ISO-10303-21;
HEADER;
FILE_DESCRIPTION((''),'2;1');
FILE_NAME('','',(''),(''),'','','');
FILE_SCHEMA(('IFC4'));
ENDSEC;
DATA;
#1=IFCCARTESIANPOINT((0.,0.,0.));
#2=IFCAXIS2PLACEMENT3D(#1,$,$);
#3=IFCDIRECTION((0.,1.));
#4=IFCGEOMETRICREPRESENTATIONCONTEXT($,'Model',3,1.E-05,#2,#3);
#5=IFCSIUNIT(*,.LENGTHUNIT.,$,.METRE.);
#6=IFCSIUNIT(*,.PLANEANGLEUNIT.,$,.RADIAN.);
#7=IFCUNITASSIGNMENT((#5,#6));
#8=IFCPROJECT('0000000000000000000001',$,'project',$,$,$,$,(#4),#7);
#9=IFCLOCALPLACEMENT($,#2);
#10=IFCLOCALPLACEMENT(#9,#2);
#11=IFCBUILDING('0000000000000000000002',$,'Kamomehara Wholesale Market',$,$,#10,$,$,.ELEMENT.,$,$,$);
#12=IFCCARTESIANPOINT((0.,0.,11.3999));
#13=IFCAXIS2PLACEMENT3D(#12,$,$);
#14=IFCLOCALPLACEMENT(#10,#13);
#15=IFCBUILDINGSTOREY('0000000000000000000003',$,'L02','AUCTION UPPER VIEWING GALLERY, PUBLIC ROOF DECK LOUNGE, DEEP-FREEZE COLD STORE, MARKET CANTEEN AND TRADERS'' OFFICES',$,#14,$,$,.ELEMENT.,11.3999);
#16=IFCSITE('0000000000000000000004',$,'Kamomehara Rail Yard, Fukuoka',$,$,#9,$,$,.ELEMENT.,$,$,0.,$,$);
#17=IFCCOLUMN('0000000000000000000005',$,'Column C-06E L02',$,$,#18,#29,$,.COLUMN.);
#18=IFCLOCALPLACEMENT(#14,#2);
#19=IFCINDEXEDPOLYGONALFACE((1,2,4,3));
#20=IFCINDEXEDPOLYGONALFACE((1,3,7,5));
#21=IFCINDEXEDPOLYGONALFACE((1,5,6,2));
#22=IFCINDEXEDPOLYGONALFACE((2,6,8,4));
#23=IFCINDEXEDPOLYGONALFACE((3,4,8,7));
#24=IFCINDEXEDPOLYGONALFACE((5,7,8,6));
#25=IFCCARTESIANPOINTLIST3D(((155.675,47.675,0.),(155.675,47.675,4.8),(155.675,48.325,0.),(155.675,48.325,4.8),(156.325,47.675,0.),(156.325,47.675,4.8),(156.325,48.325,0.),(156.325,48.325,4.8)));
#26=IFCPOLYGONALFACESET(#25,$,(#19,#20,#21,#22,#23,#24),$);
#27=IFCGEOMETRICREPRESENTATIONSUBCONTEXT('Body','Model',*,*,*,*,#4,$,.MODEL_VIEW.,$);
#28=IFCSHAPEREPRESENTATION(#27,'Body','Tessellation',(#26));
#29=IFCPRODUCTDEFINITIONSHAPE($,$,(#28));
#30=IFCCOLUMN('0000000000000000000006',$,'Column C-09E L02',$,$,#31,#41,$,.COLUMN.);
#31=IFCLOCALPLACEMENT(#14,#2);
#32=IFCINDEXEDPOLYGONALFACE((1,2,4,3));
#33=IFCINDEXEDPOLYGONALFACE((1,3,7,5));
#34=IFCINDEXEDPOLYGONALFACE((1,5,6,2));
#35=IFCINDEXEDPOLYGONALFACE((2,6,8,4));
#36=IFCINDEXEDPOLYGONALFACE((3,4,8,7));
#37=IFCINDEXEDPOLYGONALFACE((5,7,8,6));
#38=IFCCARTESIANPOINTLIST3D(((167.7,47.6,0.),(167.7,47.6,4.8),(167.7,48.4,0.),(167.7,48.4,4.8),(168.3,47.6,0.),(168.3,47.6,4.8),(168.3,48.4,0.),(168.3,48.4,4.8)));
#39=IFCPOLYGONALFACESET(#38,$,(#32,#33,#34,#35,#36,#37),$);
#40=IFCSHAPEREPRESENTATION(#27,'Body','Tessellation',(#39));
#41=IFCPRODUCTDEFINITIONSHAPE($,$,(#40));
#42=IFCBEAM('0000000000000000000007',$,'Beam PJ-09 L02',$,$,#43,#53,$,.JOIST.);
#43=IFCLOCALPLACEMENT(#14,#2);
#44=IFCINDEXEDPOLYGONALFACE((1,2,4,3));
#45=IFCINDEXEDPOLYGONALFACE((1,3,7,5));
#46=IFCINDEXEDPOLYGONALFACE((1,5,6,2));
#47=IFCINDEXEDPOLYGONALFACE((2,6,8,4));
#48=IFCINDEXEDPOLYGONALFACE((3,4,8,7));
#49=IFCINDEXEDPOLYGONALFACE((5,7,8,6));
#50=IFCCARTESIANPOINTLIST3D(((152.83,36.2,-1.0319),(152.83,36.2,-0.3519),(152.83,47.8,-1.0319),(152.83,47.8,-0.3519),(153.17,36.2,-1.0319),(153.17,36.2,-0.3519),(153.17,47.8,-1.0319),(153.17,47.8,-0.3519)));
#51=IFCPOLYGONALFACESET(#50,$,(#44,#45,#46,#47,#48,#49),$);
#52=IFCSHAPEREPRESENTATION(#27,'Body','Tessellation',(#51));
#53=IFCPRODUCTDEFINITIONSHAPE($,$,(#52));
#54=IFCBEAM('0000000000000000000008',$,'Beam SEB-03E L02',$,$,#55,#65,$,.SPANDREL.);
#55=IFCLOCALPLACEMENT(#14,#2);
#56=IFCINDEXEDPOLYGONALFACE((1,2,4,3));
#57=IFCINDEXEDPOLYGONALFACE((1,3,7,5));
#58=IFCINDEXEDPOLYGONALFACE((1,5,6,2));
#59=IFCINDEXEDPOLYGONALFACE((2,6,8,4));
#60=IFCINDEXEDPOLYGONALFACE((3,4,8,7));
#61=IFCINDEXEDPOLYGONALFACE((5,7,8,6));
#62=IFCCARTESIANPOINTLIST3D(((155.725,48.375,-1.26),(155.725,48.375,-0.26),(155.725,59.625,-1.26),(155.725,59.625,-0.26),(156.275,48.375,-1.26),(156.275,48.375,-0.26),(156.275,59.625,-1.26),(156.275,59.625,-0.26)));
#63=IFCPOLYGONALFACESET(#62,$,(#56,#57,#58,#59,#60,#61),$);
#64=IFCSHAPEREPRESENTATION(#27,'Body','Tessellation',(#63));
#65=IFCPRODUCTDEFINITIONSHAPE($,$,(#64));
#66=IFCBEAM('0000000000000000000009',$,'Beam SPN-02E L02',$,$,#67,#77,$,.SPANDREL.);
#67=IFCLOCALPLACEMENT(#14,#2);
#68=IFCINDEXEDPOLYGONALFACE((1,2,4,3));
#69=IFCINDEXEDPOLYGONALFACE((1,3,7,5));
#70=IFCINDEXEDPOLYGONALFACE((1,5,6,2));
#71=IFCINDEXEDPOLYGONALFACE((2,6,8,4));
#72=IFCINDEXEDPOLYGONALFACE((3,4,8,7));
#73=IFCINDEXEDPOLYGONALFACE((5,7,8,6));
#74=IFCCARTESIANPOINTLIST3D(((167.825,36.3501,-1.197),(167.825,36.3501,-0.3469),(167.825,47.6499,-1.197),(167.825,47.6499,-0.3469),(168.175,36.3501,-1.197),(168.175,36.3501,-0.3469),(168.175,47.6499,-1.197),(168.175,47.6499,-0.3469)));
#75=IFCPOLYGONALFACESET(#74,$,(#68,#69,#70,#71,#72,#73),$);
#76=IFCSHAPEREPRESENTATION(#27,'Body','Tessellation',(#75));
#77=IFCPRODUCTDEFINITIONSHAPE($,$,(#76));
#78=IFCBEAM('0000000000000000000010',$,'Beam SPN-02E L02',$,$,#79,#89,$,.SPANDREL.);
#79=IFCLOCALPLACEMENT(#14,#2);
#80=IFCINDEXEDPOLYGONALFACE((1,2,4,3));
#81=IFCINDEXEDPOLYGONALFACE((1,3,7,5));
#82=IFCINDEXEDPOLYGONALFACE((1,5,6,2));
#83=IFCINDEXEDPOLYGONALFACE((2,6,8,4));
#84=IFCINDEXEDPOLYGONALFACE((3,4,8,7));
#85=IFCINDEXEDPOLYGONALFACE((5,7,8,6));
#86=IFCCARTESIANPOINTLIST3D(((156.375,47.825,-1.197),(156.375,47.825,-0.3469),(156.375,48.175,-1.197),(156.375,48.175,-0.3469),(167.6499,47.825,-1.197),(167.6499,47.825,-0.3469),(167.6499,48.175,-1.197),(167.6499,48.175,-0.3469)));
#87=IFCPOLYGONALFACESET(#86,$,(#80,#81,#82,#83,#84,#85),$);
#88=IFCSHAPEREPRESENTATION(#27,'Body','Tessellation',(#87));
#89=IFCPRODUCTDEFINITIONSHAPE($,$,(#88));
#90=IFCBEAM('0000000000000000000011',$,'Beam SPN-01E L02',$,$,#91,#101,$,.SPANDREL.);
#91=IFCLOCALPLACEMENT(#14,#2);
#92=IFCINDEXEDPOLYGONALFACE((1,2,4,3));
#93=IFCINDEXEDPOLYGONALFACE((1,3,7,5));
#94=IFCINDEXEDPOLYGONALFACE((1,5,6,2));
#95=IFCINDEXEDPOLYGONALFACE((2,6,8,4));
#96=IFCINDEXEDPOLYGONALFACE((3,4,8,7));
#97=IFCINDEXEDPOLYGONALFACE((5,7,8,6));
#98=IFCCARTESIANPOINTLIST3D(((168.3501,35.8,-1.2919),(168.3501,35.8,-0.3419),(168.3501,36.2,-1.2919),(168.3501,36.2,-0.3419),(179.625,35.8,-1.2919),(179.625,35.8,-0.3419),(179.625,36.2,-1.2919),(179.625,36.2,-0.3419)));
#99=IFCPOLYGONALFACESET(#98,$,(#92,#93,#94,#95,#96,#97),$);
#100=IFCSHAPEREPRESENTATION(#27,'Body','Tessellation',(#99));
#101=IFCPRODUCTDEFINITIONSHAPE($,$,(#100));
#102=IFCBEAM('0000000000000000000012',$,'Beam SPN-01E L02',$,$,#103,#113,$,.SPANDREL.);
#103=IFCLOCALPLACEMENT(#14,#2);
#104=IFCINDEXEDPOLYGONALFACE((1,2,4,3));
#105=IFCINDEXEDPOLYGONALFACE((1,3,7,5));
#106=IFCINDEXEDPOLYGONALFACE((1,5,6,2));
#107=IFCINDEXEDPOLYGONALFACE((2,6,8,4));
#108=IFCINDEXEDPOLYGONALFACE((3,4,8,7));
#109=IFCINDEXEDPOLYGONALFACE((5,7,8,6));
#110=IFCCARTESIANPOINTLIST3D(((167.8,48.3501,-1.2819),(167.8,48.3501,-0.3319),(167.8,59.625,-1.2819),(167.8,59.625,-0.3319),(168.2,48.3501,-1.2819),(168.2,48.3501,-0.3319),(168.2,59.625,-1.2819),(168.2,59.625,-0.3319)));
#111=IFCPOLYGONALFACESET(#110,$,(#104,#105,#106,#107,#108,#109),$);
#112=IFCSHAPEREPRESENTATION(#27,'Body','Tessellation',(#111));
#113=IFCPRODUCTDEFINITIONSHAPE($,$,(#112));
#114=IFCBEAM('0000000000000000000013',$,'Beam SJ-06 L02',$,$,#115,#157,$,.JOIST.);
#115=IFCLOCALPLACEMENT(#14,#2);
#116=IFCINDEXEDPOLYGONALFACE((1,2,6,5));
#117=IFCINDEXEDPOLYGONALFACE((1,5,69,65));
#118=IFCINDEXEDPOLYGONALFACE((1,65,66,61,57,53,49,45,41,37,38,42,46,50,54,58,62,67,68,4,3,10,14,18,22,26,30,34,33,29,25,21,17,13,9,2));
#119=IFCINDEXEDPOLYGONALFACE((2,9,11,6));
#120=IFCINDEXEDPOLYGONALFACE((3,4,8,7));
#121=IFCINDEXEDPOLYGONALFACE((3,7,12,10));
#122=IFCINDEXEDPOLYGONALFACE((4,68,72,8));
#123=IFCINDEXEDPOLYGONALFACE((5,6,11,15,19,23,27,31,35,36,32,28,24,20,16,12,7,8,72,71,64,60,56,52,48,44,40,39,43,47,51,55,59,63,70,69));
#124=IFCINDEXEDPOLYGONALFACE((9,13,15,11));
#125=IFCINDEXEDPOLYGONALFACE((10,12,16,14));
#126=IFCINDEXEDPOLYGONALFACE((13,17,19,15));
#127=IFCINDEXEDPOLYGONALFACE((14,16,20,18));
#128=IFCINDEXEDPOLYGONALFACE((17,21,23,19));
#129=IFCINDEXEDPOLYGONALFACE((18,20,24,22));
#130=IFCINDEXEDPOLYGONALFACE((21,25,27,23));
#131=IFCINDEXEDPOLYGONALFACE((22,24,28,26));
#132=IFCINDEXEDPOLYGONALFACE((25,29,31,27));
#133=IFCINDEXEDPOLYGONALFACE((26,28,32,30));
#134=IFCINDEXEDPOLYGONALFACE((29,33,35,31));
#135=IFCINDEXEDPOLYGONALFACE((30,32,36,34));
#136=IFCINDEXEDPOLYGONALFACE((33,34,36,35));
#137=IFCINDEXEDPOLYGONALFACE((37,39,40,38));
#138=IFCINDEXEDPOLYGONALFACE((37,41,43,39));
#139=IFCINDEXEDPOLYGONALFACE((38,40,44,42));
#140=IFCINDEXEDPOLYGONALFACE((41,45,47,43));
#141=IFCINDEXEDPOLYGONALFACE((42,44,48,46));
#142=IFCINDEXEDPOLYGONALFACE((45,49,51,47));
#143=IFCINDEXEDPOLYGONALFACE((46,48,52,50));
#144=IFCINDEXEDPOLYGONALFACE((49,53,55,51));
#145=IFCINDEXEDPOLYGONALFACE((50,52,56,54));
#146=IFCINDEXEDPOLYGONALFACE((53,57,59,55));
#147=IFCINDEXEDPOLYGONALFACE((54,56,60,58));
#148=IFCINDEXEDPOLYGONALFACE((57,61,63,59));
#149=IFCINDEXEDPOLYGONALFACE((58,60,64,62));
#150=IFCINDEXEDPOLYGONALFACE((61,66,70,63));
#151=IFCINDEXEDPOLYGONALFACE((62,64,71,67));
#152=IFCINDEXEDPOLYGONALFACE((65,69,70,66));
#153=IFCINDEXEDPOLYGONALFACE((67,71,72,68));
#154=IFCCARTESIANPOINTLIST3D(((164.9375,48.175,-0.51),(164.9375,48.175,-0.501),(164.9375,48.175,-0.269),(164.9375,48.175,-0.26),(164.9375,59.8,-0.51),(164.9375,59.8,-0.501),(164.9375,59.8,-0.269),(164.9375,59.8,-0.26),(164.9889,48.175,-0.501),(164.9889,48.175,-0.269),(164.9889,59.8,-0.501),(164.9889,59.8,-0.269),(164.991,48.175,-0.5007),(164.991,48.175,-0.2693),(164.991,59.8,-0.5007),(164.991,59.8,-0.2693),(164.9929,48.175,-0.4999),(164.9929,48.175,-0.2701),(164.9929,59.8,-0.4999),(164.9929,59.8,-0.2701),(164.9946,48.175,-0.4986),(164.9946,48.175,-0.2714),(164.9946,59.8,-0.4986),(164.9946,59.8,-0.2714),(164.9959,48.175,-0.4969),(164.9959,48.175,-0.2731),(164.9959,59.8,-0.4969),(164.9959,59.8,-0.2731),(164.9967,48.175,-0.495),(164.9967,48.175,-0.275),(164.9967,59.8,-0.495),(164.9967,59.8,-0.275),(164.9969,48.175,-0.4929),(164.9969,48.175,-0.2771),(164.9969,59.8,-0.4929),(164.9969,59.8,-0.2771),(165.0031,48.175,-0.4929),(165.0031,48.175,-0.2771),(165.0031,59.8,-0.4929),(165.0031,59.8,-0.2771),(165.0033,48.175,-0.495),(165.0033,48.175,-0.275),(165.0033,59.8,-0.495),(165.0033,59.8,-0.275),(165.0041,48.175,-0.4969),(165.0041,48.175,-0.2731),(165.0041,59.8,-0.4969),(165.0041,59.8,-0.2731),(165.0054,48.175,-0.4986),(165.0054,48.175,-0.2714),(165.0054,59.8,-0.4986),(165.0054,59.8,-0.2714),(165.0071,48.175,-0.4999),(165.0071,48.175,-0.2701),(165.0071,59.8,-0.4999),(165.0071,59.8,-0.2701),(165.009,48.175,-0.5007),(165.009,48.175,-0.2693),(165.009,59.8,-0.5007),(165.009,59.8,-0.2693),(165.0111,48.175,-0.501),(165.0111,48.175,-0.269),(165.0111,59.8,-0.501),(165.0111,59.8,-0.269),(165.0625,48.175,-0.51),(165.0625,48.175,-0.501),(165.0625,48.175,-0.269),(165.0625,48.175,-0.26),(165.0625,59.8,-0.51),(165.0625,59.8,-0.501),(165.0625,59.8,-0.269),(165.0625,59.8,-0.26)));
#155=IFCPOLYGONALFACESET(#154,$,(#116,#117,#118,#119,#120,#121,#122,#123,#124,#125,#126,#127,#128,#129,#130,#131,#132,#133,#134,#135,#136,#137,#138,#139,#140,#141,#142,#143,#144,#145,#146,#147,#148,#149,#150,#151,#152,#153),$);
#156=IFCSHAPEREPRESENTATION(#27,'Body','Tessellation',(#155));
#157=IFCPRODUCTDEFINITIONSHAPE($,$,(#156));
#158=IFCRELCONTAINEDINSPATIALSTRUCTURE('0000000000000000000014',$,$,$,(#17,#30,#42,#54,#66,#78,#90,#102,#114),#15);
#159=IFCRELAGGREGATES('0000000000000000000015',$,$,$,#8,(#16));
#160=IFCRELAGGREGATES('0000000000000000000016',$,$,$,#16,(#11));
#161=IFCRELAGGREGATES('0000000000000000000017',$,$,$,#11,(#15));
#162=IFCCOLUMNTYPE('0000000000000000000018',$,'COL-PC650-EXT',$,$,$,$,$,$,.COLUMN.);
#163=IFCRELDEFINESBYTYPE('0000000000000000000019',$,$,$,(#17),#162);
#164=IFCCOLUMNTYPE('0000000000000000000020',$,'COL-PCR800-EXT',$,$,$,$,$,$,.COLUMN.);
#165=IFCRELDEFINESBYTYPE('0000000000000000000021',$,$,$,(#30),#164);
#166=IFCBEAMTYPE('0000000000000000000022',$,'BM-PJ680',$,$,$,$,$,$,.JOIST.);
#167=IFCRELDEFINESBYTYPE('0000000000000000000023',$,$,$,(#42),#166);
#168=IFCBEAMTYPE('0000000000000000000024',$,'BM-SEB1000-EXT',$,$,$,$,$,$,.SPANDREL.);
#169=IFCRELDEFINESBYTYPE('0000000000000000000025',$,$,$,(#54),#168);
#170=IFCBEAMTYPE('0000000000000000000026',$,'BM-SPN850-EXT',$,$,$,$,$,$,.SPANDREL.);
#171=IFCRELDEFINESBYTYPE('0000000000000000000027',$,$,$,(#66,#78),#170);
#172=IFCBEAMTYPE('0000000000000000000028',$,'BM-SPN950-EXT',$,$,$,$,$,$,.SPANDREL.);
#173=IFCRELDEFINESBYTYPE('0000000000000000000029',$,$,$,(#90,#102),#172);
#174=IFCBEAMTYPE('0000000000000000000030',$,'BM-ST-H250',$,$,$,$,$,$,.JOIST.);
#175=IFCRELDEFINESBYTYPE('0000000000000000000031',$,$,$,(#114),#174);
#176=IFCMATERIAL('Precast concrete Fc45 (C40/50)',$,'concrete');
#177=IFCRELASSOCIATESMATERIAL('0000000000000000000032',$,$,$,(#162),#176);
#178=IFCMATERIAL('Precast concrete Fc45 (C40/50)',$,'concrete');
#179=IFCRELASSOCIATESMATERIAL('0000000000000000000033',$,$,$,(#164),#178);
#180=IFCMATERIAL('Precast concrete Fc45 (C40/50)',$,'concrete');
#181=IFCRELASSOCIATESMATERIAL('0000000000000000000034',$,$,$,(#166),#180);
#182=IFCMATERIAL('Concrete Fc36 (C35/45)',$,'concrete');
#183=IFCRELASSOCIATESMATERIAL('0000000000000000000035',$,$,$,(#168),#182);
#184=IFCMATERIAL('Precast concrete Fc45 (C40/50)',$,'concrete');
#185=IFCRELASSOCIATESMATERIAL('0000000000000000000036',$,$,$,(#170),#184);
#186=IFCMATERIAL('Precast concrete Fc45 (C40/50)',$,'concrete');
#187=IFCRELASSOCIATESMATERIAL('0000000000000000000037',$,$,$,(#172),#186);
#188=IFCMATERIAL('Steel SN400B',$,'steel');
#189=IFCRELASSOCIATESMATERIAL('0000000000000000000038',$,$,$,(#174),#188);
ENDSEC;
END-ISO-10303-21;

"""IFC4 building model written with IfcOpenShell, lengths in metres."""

from ifc_helpers import new_model, si_unit, direction, frame, origin, origin_2d, place, context, subcontext, project, spatial, rectangle, i_section, extrude, material, material_profile, profile_set, type_object, element, save


model = new_model("IFC4")

# Units and contexts
model_context = context("Model", 3, precision=1e-05, world=origin(), true_north=direction((0.0, 1.0)))
body_context = subcontext(model_context, "Body", "Model", "MODEL_VIEW")
ifc_project = project(units=[si_unit("LENGTHUNIT", "METRE"), si_unit("PLANEANGLEUNIT", "RADIAN")], contexts=[model_context])

# Site, building, storey
site_placement = place(None, origin())
site = spatial("IfcSite", under=ifc_project, at=site_placement, Name="Kamomehara Rail Yard, Fukuoka", CompositionType="ELEMENT", RefElevation=0.0)
building_placement = place(site_placement, origin())
building = spatial("IfcBuilding", under=site, at=building_placement, Name="Kamomehara Wholesale Market", CompositionType="ELEMENT")
storey_placement = place(building_placement, frame((0.0, 0.0, 11.3999)))
storey = spatial("IfcBuildingStorey", under=building, at=storey_placement, Name="L02", Description="AUCTION UPPER VIEWING GALLERY, PUBLIC ROOF DECK LOUNGE, DEEP-FREEZE COLD STORE, MARKET CANTEEN AND TRADERS' OFFICES", CompositionType="ELEMENT", Elevation=11.3999)

# Columns
ifc_material_1 = material(Name="Precast concrete Fc45 (C40/50)", Category="concrete")
ifc_material_profile_1 = material_profile(ifc_material_1, rectangle(XDim=0.6499, YDim=0.6499, at=origin_2d()), Name="PC-COL-650x650")
ifc_profile_set_1 = profile_set([ifc_material_profile_1], Name="Precast concrete Fc45 (C40/50)")
column_type_1 = type_object("IfcColumnType", Name="COL-PC650-EXT", PredefinedType="COLUMN", material=ifc_profile_set_1)
column_1_placement = place(storey_placement, frame((156.0, 48.0, 0.0), z_axis=(0.0, 0.0, 1.0), x_axis=(1.0, 0.0, 0.0)))
element("IfcColumn", 1, at=column_1_placement, inside=storey, type_object=column_type_1, Name="Column C-06E L02", PredefinedType="COLUMN", context=body_context, shape_type="SweptSolid", body=[
    extrude(rectangle(XDim=0.6499, YDim=0.6499, at=origin_2d()), origin(), (0.0, 0.0, 1.0), 4.8),
])
ifc_material_2 = material(Name="Precast concrete Fc45 (C40/50)", Category="concrete")
ifc_material_profile_2 = material_profile(ifc_material_2, rectangle(XDim=0.6001, YDim=0.8, at=origin_2d()), Name="PC-COL-600x800")
ifc_profile_set_2 = profile_set([ifc_material_profile_2], Name="Precast concrete Fc45 (C40/50)")
column_type_2 = type_object("IfcColumnType", Name="COL-PCR800-EXT", PredefinedType="COLUMN", material=ifc_profile_set_2)
column_2_placement = place(storey_placement, frame((168.0, 48.0, 0.0), z_axis=(0.0, 0.0, 1.0), x_axis=(1.0, 0.0, 0.0)))
element("IfcColumn", 2, at=column_2_placement, inside=storey, type_object=column_type_2, Name="Column C-09E L02", PredefinedType="COLUMN", context=body_context, shape_type="SweptSolid", body=[
    extrude(rectangle(XDim=0.6001, YDim=0.8, at=origin_2d()), origin(), (0.0, 0.0, 1.0), 4.8),
])

# Beams
ifc_material_3 = material(Name="Precast concrete Fc45 (C40/50)", Category="concrete")
ifc_material_profile_3 = material_profile(ifc_material_3, rectangle(XDim=0.3401, YDim=0.6799, at=origin_2d()), Name="PC-JST-340x680")
ifc_profile_set_3 = profile_set([ifc_material_profile_3], Name="Precast concrete Fc45 (C40/50)")
beam_type_1 = type_object("IfcBeamType", Name="BM-PJ680", PredefinedType="JOIST", material=ifc_profile_set_3)
beam_1_placement = place(storey_placement, frame((153.0, 36.2, -0.6919), z_axis=(0.0, 1.0, 0.0), x_axis=(-1.0, 0.0, 0.0)))
element("IfcBeam", 3, at=beam_1_placement, inside=storey, type_object=beam_type_1, Name="Beam PJ-09 L02", PredefinedType="JOIST", context=body_context, shape_type="SweptSolid", body=[
    extrude(rectangle(XDim=0.3401, YDim=0.6799, at=origin_2d()), origin(), (0.0, 0.0, 1.0), 11.6001),
])
ifc_material_4 = material(Name="Concrete Fc36 (C35/45)", Category="concrete")
ifc_material_profile_4 = material_profile(ifc_material_4, rectangle(XDim=0.55, YDim=1.0, at=origin_2d()), Name="RC-SEB-550x1000")
ifc_profile_set_4 = profile_set([ifc_material_profile_4], Name="Concrete Fc36 (C35/45)")
beam_type_2 = type_object("IfcBeamType", Name="BM-SEB1000-EXT", PredefinedType="SPANDREL", material=ifc_profile_set_4)
beam_2_placement = place(storey_placement, frame((156.0, 48.375, -0.76), z_axis=(0.0, 1.0, 0.0), x_axis=(-1.0, 0.0, 0.0)))
element("IfcBeam", 4, at=beam_2_placement, inside=storey, type_object=beam_type_2, Name="Beam SEB-03E L02", PredefinedType="SPANDREL", context=body_context, shape_type="SweptSolid", body=[
    extrude(rectangle(XDim=0.55, YDim=1.0, at=origin_2d()), origin(), (0.0, 0.0, 1.0), 11.25),
])
ifc_material_5 = material(Name="Precast concrete Fc45 (C40/50)", Category="concrete")
ifc_material_profile_5 = material_profile(ifc_material_5, rectangle(XDim=0.3501, YDim=0.8501, at=origin_2d()), Name="PC-SPN-350x850")
ifc_profile_set_5 = profile_set([ifc_material_profile_5], Name="Precast concrete Fc45 (C40/50)")
beam_type_3 = type_object("IfcBeamType", Name="BM-SPN850-EXT", PredefinedType="SPANDREL", material=ifc_profile_set_5)
beam_3_placement = place(storey_placement, frame((168.0, 36.3501, -0.772), z_axis=(0.0, 1.0, 0.0), x_axis=(-1.0, 0.0, 0.0)))
element("IfcBeam", 5, at=beam_3_placement, inside=storey, type_object=beam_type_3, Name="Beam SPN-02E L02", PredefinedType="SPANDREL", context=body_context, shape_type="SweptSolid", body=[
    extrude(rectangle(XDim=0.3501, YDim=0.8501, at=origin_2d()), origin(), (0.0, 0.0, 1.0), 11.2998),
])
beam_4_placement = place(storey_placement, frame((156.375, 48.0, -0.772), z_axis=(1.0, 0.0, 0.0), x_axis=(0.0, 1.0, 0.0)))
element("IfcBeam", 6, at=beam_4_placement, inside=storey, type_object=beam_type_3, Name="Beam SPN-02E L02", PredefinedType="SPANDREL", context=body_context, shape_type="SweptSolid", body=[
    extrude(rectangle(XDim=0.3501, YDim=0.8501, at=origin_2d()), origin(), (0.0, 0.0, 1.0), 11.2749),
])
ifc_material_6 = material(Name="Precast concrete Fc45 (C40/50)", Category="concrete")
ifc_material_profile_6 = material_profile(ifc_material_6, rectangle(XDim=0.3999, YDim=0.95, at=origin_2d()), Name="PC-SPN-400x950")
ifc_profile_set_6 = profile_set([ifc_material_profile_6], Name="Precast concrete Fc45 (C40/50)")
beam_type_4 = type_object("IfcBeamType", Name="BM-SPN950-EXT", PredefinedType="SPANDREL", material=ifc_profile_set_6)
for number, where, z_axis, x_axis, name in (
    (7, (168.3501, 36.0, -0.8169), (1.0, 0.0, 0.0), (0.0, 1.0, 0.0), "Beam SPN-01E L02"),
    (8, (168.0, 48.3501, -0.8069), (0.0, 1.0, 0.0), (-1.0, 0.0, 0.0), "Beam SPN-01E L02"),
):
    element("IfcBeam", number, at=place(storey_placement, frame(where, z_axis=z_axis, x_axis=x_axis)), inside=storey, type_object=beam_type_4, Name=name, PredefinedType="SPANDREL", context=body_context, shape_type="SweptSolid", body=[
        extrude(rectangle(XDim=0.3999, YDim=0.95, at=origin_2d()), origin(), (0.0, 0.0, 1.0), 11.2749),
    ])
ifc_material_7 = material(Name="Steel SN400B", Category="steel")
ifc_material_profile_7 = material_profile(ifc_material_7, i_section(OverallWidth=0.125, OverallDepth=0.25, WebThickness=0.0061, FlangeThickness=0.009, FilletRadius=0.0081, at=origin_2d()), Name="H-250x125x6x9")
ifc_profile_set_7 = profile_set([ifc_material_profile_7], Name="Steel SN400B")
beam_type_5 = type_object("IfcBeamType", Name="BM-ST-H250", PredefinedType="JOIST", material=ifc_profile_set_7)
beam_5_placement = place(storey_placement, frame((165.0, 48.175, -0.385), z_axis=(0.0, 1.0, 0.0), x_axis=(-1.0, 0.0, 0.0)))
element("IfcBeam", 9, at=beam_5_placement, inside=storey, type_object=beam_type_5, Name="Beam SJ-06 L02", PredefinedType="JOIST", context=body_context, shape_type="SweptSolid", body=[
    extrude(i_section(OverallWidth=0.125, OverallDepth=0.25, WebThickness=0.0061, FlangeThickness=0.009, FilletRadius=0.0081, at=origin_2d()), origin(), (0.0, 0.0, 1.0), 11.625),
])

save(model, "model.ifc")
